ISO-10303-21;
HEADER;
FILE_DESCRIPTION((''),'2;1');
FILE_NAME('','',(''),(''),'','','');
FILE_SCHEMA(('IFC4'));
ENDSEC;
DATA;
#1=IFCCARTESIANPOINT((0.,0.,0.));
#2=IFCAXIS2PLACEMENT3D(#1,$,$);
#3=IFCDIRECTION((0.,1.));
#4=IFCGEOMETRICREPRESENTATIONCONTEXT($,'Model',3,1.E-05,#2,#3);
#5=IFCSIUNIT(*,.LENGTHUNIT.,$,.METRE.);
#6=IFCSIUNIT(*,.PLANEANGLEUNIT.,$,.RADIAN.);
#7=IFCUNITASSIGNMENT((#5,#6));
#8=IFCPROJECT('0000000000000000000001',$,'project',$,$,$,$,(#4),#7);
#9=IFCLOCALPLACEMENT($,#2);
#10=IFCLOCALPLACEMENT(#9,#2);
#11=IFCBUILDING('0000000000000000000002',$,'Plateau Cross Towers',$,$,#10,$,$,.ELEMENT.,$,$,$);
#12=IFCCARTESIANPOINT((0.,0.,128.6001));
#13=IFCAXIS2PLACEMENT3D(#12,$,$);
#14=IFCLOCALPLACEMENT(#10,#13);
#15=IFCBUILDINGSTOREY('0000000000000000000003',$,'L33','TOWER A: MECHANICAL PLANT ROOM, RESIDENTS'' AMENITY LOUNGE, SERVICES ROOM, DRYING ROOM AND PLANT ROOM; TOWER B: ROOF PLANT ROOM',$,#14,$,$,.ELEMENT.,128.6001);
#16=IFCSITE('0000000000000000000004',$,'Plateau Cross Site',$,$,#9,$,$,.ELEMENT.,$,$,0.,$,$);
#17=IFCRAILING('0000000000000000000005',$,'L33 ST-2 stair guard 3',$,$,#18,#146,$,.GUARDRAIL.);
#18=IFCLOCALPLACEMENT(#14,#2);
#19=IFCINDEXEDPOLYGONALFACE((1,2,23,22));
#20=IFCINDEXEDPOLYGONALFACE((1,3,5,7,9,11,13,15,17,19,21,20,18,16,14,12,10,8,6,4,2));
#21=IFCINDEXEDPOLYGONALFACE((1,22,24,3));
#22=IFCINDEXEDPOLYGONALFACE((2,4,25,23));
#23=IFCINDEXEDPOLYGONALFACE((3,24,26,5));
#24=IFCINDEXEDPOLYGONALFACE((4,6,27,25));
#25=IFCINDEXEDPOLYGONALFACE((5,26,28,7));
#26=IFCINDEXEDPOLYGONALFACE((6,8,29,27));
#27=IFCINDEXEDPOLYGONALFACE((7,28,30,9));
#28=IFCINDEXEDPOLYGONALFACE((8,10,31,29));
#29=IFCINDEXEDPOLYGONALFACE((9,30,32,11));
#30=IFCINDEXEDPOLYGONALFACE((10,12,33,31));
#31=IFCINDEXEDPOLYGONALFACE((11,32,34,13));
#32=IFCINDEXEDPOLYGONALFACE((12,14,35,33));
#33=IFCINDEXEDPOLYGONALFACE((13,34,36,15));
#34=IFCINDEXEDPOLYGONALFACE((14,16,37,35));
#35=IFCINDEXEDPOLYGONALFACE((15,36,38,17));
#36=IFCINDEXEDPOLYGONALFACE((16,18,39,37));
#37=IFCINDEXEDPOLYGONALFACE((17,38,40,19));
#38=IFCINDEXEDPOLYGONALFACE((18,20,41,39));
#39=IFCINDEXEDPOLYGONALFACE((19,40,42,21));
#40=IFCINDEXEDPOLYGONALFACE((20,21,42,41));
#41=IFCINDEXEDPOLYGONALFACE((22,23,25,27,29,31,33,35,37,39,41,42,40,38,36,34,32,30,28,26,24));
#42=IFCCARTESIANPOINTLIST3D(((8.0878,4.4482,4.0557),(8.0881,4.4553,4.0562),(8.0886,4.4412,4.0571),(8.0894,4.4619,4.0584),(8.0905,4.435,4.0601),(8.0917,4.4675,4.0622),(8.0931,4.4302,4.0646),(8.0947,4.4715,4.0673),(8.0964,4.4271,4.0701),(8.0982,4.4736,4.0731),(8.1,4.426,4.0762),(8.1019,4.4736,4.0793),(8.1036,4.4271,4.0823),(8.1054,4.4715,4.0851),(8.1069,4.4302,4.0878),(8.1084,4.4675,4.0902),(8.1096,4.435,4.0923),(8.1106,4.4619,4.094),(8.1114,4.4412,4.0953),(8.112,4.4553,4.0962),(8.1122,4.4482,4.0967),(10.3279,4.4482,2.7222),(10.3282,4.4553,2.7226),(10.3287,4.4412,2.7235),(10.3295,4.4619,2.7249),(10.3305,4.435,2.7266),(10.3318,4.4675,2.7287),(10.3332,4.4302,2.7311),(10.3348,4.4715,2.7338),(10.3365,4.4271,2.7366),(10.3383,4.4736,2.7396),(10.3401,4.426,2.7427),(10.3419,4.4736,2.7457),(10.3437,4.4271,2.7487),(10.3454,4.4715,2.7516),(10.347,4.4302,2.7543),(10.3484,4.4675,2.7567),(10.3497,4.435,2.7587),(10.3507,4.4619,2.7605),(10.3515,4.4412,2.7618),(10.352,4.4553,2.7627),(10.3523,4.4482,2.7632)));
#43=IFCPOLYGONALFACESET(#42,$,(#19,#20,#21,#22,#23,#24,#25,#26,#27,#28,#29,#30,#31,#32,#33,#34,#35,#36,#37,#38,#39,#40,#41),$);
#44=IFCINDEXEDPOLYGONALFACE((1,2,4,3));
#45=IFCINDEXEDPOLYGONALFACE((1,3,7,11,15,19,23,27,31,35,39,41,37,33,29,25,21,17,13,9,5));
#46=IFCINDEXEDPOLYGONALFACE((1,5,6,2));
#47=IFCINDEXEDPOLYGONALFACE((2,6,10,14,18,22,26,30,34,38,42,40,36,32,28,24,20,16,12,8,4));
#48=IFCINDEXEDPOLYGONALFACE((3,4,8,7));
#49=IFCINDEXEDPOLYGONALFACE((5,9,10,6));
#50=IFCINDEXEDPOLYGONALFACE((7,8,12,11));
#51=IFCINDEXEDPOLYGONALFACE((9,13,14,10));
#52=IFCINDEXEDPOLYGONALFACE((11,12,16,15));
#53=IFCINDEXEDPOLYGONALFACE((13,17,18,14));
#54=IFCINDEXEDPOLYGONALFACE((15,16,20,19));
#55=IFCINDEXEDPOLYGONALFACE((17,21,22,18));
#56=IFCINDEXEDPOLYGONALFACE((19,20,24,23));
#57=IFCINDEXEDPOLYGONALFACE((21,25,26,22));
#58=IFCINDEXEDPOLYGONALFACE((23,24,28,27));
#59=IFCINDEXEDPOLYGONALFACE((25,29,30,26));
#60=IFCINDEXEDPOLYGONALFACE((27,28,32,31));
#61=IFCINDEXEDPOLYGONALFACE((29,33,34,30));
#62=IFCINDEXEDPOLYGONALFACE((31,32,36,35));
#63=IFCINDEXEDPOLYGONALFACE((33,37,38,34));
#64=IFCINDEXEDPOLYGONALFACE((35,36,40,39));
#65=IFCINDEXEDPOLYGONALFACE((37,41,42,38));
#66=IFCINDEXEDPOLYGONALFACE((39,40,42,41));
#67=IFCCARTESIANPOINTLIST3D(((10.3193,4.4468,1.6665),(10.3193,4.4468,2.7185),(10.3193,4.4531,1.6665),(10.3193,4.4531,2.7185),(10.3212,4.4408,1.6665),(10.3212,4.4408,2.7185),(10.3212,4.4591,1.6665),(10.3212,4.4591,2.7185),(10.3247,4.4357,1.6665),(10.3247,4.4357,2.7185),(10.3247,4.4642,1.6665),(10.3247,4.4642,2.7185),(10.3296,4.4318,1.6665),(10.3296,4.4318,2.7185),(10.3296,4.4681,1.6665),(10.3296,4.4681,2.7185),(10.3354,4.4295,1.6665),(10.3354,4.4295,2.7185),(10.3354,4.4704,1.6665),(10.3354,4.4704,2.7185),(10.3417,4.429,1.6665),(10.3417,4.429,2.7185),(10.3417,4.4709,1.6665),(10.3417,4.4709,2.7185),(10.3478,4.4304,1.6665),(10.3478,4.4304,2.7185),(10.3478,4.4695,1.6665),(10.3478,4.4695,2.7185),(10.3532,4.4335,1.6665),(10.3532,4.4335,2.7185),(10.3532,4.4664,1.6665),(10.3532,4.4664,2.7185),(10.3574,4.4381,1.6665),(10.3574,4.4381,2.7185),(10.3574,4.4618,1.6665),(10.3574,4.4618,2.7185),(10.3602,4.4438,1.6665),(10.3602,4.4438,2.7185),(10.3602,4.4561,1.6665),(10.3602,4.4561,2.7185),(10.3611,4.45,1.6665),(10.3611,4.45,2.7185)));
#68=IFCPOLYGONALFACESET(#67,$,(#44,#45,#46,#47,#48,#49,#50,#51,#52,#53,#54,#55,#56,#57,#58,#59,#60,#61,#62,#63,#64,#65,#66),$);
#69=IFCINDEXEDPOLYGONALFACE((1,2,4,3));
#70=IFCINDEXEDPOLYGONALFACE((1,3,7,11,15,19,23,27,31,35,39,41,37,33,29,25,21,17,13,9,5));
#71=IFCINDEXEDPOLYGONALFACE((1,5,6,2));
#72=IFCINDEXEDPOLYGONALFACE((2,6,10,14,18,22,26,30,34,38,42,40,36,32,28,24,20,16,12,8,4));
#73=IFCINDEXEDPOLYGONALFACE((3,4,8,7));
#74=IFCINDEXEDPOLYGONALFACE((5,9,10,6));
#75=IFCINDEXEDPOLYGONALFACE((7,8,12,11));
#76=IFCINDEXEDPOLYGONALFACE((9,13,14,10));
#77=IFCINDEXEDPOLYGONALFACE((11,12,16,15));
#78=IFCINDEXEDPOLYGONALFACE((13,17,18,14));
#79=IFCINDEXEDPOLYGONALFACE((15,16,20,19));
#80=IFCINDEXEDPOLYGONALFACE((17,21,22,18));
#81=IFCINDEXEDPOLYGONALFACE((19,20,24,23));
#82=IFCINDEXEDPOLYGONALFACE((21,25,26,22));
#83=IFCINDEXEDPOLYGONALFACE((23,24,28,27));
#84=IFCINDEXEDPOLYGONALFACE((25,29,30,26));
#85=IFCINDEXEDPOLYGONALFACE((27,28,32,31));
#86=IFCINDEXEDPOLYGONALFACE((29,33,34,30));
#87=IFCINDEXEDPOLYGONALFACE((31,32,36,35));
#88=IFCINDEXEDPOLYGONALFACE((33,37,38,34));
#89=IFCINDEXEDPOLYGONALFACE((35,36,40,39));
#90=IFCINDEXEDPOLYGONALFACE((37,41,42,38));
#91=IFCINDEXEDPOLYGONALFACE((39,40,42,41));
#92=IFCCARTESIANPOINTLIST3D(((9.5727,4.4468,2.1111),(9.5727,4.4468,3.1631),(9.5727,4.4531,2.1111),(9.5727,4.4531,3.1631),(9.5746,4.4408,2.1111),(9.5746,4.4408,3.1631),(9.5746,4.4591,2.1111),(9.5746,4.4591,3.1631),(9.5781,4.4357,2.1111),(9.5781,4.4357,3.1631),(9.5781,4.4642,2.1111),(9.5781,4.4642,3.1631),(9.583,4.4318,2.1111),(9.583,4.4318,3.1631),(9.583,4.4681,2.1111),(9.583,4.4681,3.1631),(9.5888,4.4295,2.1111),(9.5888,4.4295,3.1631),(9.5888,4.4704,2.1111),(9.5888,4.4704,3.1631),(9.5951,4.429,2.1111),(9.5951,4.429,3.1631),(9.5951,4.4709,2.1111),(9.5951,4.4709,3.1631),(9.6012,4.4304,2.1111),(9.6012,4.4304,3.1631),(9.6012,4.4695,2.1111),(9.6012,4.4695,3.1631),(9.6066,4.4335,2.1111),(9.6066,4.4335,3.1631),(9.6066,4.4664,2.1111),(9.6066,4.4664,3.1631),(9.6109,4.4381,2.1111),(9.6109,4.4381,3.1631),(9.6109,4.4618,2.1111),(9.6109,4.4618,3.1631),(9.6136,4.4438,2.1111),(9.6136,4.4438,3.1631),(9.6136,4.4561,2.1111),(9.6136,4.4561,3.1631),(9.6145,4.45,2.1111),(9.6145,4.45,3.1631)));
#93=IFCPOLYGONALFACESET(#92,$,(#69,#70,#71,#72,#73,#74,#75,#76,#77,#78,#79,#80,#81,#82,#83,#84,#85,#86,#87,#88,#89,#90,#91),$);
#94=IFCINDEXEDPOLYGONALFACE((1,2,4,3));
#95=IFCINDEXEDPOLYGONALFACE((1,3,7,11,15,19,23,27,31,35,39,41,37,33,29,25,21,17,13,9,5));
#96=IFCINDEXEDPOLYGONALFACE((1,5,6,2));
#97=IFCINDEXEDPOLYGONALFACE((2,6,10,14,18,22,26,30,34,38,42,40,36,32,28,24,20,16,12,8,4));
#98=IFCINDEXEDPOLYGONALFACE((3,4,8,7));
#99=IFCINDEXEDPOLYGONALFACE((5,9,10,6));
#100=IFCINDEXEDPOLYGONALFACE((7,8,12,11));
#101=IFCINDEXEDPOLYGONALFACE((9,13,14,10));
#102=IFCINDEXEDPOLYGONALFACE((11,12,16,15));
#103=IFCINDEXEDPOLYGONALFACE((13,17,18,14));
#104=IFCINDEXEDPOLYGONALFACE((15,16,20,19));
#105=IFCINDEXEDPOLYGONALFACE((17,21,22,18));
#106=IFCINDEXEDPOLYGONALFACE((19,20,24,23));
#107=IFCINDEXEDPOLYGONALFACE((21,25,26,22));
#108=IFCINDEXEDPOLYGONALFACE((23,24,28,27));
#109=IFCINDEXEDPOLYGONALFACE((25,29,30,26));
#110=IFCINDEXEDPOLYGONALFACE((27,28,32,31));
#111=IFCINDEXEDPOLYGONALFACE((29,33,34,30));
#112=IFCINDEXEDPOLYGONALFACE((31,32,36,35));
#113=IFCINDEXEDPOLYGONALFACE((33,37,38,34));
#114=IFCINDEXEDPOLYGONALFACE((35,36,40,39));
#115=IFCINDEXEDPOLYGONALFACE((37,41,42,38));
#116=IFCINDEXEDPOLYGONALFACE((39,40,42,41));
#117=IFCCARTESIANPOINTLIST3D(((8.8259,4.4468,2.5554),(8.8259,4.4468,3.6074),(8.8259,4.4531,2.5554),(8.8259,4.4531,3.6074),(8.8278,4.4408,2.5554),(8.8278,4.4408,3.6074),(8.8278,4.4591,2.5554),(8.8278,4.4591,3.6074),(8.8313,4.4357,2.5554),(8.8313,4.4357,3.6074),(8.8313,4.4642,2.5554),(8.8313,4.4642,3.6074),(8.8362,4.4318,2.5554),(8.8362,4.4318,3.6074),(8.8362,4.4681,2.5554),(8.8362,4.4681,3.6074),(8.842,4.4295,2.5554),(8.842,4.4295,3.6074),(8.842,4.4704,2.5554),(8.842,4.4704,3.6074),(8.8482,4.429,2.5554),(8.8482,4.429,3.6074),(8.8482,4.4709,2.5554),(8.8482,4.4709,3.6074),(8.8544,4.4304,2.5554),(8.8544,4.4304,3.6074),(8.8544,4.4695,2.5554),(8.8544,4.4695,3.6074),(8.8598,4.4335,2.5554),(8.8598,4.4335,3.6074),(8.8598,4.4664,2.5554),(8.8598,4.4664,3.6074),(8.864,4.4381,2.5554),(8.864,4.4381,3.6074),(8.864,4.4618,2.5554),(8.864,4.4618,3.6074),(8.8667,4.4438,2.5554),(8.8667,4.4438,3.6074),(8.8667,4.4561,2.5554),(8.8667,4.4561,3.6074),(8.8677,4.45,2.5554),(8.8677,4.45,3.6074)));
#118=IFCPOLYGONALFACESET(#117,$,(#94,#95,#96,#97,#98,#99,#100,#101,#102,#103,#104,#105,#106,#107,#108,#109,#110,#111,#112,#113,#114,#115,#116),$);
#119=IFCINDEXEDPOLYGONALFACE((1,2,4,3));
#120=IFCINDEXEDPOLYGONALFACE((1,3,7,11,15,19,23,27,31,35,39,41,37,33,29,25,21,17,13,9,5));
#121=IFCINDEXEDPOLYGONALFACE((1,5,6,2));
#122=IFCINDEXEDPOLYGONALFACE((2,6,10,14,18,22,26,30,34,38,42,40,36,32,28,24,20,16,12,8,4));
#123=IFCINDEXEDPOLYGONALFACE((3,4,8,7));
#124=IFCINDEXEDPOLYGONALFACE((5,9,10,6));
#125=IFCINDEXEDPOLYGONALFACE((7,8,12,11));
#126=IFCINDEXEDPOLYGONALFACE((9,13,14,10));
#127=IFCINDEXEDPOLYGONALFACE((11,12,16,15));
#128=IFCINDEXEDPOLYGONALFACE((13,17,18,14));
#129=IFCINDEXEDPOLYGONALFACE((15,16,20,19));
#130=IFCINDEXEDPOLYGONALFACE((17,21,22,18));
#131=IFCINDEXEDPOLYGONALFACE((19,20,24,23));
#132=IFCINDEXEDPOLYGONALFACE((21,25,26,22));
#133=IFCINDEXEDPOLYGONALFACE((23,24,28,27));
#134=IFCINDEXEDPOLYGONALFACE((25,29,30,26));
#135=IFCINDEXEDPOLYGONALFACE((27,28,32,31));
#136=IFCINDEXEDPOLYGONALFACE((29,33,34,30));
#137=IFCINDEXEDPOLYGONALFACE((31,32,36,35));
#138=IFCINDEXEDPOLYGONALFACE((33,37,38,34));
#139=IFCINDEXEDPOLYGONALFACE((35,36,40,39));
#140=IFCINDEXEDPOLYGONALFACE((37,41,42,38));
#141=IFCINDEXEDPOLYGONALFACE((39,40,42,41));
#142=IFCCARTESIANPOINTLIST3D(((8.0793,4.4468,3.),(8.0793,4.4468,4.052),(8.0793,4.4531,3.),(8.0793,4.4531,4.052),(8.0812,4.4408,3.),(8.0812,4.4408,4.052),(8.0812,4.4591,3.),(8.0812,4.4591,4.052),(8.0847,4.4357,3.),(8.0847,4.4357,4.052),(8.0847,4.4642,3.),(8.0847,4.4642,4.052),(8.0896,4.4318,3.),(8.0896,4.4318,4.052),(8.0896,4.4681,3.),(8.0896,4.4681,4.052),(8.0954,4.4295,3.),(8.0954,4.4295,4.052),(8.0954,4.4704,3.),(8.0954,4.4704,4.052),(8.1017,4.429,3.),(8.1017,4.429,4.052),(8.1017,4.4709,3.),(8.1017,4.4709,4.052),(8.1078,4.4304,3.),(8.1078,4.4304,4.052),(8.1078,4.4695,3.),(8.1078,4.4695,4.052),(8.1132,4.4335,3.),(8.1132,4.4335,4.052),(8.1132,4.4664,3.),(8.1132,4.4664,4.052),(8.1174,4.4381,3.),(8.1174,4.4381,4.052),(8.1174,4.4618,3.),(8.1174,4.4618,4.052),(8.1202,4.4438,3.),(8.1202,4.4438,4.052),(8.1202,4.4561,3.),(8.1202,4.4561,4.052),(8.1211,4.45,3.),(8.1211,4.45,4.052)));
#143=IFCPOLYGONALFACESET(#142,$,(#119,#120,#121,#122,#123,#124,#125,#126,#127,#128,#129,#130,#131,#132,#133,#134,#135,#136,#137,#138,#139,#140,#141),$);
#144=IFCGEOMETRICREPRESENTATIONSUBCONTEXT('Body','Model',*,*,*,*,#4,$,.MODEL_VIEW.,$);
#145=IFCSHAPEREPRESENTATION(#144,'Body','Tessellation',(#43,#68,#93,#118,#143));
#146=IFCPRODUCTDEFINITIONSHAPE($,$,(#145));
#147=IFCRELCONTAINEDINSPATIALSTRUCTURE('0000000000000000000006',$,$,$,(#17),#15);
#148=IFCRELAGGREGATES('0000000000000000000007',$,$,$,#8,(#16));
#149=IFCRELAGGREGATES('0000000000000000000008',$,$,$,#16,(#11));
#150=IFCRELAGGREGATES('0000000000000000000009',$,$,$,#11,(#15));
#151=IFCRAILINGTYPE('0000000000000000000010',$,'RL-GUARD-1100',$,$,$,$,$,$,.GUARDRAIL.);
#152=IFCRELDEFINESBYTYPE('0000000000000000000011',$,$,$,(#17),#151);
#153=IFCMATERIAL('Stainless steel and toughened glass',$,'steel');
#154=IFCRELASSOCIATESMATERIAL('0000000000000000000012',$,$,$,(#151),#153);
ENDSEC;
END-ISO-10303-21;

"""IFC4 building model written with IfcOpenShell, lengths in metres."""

from ifc_helpers import new_model, si_unit, direction, frame, origin, origin_2d, place, context, subcontext, project, spatial, circle, extrude, material, type_object, element, save


model = new_model("IFC4")

# Units and contexts
model_context = context("Model", 3, precision=1e-05, world=origin(), true_north=direction((0.0, 1.0)))
body_context = subcontext(model_context, "Body", "Model", "MODEL_VIEW")
ifc_project = project(units=[si_unit("LENGTHUNIT", "METRE"), si_unit("PLANEANGLEUNIT", "RADIAN")], contexts=[model_context])

# Site, building, storey
site_placement = place(None, origin())
site = spatial("IfcSite", under=ifc_project, at=site_placement, Name="Plateau Cross Site", CompositionType="ELEMENT", RefElevation=0.0)
building_placement = place(site_placement, origin())
building = spatial("IfcBuilding", under=site, at=building_placement, Name="Plateau Cross Towers", CompositionType="ELEMENT")
storey_placement = place(building_placement, frame((0.0, 0.0, 128.6001)))
storey = spatial("IfcBuildingStorey", under=building, at=storey_placement, Name="L33", Description="TOWER A: MECHANICAL PLANT ROOM, RESIDENTS' AMENITY LOUNGE, SERVICES ROOM, DRYING ROOM AND PLANT ROOM; TOWER B: ROOF PLANT ROOM", CompositionType="ELEMENT", Elevation=128.6001)

# Railing
ifc_material_1 = material(Name="Stainless steel and toughened glass", Category="steel")
railing_type_1 = type_object("IfcRailingType", Name="RL-GUARD-1100", PredefinedType="GUARDRAIL", material=ifc_material_1)
railing_1_placement = place(storey_placement, frame((10.3401, 4.45, 1.6665)))
element("IfcRailing", 1, at=railing_1_placement, inside=storey, type_object=railing_type_1, Name="L33 ST-2 stair guard 3", PredefinedType="GUARDRAIL", context=body_context, shape_type="SweptSolid", body=[
    extrude(circle(Radius=0.0239, at=origin_2d()), frame((0.0, 0.0, 1.0762), z_axis=(-0.859264, 0.0, 0.511532), x_axis=(0.0, -1.0, 0.0)), (0.0, 0.0, 1.0), 2.6069),
    extrude(circle(Radius=0.021, at=origin_2d()), origin(), (0.0, 0.0, 1.0), 1.052),
    extrude(circle(Radius=0.021, at=origin_2d()), frame((-0.7466, 0.0, 0.4446)), (0.0, 0.0, 1.0), 1.052),
    extrude(circle(Radius=0.021, at=origin_2d()), frame((-1.4934, 0.0, 0.8889)), (0.0, 0.0, 1.0), 1.052),
    extrude(circle(Radius=0.021, at=origin_2d()), frame((-2.24, 0.0, 1.3335)), (0.0, 0.0, 1.0), 1.052),
])

save(model, "model.ifc")
